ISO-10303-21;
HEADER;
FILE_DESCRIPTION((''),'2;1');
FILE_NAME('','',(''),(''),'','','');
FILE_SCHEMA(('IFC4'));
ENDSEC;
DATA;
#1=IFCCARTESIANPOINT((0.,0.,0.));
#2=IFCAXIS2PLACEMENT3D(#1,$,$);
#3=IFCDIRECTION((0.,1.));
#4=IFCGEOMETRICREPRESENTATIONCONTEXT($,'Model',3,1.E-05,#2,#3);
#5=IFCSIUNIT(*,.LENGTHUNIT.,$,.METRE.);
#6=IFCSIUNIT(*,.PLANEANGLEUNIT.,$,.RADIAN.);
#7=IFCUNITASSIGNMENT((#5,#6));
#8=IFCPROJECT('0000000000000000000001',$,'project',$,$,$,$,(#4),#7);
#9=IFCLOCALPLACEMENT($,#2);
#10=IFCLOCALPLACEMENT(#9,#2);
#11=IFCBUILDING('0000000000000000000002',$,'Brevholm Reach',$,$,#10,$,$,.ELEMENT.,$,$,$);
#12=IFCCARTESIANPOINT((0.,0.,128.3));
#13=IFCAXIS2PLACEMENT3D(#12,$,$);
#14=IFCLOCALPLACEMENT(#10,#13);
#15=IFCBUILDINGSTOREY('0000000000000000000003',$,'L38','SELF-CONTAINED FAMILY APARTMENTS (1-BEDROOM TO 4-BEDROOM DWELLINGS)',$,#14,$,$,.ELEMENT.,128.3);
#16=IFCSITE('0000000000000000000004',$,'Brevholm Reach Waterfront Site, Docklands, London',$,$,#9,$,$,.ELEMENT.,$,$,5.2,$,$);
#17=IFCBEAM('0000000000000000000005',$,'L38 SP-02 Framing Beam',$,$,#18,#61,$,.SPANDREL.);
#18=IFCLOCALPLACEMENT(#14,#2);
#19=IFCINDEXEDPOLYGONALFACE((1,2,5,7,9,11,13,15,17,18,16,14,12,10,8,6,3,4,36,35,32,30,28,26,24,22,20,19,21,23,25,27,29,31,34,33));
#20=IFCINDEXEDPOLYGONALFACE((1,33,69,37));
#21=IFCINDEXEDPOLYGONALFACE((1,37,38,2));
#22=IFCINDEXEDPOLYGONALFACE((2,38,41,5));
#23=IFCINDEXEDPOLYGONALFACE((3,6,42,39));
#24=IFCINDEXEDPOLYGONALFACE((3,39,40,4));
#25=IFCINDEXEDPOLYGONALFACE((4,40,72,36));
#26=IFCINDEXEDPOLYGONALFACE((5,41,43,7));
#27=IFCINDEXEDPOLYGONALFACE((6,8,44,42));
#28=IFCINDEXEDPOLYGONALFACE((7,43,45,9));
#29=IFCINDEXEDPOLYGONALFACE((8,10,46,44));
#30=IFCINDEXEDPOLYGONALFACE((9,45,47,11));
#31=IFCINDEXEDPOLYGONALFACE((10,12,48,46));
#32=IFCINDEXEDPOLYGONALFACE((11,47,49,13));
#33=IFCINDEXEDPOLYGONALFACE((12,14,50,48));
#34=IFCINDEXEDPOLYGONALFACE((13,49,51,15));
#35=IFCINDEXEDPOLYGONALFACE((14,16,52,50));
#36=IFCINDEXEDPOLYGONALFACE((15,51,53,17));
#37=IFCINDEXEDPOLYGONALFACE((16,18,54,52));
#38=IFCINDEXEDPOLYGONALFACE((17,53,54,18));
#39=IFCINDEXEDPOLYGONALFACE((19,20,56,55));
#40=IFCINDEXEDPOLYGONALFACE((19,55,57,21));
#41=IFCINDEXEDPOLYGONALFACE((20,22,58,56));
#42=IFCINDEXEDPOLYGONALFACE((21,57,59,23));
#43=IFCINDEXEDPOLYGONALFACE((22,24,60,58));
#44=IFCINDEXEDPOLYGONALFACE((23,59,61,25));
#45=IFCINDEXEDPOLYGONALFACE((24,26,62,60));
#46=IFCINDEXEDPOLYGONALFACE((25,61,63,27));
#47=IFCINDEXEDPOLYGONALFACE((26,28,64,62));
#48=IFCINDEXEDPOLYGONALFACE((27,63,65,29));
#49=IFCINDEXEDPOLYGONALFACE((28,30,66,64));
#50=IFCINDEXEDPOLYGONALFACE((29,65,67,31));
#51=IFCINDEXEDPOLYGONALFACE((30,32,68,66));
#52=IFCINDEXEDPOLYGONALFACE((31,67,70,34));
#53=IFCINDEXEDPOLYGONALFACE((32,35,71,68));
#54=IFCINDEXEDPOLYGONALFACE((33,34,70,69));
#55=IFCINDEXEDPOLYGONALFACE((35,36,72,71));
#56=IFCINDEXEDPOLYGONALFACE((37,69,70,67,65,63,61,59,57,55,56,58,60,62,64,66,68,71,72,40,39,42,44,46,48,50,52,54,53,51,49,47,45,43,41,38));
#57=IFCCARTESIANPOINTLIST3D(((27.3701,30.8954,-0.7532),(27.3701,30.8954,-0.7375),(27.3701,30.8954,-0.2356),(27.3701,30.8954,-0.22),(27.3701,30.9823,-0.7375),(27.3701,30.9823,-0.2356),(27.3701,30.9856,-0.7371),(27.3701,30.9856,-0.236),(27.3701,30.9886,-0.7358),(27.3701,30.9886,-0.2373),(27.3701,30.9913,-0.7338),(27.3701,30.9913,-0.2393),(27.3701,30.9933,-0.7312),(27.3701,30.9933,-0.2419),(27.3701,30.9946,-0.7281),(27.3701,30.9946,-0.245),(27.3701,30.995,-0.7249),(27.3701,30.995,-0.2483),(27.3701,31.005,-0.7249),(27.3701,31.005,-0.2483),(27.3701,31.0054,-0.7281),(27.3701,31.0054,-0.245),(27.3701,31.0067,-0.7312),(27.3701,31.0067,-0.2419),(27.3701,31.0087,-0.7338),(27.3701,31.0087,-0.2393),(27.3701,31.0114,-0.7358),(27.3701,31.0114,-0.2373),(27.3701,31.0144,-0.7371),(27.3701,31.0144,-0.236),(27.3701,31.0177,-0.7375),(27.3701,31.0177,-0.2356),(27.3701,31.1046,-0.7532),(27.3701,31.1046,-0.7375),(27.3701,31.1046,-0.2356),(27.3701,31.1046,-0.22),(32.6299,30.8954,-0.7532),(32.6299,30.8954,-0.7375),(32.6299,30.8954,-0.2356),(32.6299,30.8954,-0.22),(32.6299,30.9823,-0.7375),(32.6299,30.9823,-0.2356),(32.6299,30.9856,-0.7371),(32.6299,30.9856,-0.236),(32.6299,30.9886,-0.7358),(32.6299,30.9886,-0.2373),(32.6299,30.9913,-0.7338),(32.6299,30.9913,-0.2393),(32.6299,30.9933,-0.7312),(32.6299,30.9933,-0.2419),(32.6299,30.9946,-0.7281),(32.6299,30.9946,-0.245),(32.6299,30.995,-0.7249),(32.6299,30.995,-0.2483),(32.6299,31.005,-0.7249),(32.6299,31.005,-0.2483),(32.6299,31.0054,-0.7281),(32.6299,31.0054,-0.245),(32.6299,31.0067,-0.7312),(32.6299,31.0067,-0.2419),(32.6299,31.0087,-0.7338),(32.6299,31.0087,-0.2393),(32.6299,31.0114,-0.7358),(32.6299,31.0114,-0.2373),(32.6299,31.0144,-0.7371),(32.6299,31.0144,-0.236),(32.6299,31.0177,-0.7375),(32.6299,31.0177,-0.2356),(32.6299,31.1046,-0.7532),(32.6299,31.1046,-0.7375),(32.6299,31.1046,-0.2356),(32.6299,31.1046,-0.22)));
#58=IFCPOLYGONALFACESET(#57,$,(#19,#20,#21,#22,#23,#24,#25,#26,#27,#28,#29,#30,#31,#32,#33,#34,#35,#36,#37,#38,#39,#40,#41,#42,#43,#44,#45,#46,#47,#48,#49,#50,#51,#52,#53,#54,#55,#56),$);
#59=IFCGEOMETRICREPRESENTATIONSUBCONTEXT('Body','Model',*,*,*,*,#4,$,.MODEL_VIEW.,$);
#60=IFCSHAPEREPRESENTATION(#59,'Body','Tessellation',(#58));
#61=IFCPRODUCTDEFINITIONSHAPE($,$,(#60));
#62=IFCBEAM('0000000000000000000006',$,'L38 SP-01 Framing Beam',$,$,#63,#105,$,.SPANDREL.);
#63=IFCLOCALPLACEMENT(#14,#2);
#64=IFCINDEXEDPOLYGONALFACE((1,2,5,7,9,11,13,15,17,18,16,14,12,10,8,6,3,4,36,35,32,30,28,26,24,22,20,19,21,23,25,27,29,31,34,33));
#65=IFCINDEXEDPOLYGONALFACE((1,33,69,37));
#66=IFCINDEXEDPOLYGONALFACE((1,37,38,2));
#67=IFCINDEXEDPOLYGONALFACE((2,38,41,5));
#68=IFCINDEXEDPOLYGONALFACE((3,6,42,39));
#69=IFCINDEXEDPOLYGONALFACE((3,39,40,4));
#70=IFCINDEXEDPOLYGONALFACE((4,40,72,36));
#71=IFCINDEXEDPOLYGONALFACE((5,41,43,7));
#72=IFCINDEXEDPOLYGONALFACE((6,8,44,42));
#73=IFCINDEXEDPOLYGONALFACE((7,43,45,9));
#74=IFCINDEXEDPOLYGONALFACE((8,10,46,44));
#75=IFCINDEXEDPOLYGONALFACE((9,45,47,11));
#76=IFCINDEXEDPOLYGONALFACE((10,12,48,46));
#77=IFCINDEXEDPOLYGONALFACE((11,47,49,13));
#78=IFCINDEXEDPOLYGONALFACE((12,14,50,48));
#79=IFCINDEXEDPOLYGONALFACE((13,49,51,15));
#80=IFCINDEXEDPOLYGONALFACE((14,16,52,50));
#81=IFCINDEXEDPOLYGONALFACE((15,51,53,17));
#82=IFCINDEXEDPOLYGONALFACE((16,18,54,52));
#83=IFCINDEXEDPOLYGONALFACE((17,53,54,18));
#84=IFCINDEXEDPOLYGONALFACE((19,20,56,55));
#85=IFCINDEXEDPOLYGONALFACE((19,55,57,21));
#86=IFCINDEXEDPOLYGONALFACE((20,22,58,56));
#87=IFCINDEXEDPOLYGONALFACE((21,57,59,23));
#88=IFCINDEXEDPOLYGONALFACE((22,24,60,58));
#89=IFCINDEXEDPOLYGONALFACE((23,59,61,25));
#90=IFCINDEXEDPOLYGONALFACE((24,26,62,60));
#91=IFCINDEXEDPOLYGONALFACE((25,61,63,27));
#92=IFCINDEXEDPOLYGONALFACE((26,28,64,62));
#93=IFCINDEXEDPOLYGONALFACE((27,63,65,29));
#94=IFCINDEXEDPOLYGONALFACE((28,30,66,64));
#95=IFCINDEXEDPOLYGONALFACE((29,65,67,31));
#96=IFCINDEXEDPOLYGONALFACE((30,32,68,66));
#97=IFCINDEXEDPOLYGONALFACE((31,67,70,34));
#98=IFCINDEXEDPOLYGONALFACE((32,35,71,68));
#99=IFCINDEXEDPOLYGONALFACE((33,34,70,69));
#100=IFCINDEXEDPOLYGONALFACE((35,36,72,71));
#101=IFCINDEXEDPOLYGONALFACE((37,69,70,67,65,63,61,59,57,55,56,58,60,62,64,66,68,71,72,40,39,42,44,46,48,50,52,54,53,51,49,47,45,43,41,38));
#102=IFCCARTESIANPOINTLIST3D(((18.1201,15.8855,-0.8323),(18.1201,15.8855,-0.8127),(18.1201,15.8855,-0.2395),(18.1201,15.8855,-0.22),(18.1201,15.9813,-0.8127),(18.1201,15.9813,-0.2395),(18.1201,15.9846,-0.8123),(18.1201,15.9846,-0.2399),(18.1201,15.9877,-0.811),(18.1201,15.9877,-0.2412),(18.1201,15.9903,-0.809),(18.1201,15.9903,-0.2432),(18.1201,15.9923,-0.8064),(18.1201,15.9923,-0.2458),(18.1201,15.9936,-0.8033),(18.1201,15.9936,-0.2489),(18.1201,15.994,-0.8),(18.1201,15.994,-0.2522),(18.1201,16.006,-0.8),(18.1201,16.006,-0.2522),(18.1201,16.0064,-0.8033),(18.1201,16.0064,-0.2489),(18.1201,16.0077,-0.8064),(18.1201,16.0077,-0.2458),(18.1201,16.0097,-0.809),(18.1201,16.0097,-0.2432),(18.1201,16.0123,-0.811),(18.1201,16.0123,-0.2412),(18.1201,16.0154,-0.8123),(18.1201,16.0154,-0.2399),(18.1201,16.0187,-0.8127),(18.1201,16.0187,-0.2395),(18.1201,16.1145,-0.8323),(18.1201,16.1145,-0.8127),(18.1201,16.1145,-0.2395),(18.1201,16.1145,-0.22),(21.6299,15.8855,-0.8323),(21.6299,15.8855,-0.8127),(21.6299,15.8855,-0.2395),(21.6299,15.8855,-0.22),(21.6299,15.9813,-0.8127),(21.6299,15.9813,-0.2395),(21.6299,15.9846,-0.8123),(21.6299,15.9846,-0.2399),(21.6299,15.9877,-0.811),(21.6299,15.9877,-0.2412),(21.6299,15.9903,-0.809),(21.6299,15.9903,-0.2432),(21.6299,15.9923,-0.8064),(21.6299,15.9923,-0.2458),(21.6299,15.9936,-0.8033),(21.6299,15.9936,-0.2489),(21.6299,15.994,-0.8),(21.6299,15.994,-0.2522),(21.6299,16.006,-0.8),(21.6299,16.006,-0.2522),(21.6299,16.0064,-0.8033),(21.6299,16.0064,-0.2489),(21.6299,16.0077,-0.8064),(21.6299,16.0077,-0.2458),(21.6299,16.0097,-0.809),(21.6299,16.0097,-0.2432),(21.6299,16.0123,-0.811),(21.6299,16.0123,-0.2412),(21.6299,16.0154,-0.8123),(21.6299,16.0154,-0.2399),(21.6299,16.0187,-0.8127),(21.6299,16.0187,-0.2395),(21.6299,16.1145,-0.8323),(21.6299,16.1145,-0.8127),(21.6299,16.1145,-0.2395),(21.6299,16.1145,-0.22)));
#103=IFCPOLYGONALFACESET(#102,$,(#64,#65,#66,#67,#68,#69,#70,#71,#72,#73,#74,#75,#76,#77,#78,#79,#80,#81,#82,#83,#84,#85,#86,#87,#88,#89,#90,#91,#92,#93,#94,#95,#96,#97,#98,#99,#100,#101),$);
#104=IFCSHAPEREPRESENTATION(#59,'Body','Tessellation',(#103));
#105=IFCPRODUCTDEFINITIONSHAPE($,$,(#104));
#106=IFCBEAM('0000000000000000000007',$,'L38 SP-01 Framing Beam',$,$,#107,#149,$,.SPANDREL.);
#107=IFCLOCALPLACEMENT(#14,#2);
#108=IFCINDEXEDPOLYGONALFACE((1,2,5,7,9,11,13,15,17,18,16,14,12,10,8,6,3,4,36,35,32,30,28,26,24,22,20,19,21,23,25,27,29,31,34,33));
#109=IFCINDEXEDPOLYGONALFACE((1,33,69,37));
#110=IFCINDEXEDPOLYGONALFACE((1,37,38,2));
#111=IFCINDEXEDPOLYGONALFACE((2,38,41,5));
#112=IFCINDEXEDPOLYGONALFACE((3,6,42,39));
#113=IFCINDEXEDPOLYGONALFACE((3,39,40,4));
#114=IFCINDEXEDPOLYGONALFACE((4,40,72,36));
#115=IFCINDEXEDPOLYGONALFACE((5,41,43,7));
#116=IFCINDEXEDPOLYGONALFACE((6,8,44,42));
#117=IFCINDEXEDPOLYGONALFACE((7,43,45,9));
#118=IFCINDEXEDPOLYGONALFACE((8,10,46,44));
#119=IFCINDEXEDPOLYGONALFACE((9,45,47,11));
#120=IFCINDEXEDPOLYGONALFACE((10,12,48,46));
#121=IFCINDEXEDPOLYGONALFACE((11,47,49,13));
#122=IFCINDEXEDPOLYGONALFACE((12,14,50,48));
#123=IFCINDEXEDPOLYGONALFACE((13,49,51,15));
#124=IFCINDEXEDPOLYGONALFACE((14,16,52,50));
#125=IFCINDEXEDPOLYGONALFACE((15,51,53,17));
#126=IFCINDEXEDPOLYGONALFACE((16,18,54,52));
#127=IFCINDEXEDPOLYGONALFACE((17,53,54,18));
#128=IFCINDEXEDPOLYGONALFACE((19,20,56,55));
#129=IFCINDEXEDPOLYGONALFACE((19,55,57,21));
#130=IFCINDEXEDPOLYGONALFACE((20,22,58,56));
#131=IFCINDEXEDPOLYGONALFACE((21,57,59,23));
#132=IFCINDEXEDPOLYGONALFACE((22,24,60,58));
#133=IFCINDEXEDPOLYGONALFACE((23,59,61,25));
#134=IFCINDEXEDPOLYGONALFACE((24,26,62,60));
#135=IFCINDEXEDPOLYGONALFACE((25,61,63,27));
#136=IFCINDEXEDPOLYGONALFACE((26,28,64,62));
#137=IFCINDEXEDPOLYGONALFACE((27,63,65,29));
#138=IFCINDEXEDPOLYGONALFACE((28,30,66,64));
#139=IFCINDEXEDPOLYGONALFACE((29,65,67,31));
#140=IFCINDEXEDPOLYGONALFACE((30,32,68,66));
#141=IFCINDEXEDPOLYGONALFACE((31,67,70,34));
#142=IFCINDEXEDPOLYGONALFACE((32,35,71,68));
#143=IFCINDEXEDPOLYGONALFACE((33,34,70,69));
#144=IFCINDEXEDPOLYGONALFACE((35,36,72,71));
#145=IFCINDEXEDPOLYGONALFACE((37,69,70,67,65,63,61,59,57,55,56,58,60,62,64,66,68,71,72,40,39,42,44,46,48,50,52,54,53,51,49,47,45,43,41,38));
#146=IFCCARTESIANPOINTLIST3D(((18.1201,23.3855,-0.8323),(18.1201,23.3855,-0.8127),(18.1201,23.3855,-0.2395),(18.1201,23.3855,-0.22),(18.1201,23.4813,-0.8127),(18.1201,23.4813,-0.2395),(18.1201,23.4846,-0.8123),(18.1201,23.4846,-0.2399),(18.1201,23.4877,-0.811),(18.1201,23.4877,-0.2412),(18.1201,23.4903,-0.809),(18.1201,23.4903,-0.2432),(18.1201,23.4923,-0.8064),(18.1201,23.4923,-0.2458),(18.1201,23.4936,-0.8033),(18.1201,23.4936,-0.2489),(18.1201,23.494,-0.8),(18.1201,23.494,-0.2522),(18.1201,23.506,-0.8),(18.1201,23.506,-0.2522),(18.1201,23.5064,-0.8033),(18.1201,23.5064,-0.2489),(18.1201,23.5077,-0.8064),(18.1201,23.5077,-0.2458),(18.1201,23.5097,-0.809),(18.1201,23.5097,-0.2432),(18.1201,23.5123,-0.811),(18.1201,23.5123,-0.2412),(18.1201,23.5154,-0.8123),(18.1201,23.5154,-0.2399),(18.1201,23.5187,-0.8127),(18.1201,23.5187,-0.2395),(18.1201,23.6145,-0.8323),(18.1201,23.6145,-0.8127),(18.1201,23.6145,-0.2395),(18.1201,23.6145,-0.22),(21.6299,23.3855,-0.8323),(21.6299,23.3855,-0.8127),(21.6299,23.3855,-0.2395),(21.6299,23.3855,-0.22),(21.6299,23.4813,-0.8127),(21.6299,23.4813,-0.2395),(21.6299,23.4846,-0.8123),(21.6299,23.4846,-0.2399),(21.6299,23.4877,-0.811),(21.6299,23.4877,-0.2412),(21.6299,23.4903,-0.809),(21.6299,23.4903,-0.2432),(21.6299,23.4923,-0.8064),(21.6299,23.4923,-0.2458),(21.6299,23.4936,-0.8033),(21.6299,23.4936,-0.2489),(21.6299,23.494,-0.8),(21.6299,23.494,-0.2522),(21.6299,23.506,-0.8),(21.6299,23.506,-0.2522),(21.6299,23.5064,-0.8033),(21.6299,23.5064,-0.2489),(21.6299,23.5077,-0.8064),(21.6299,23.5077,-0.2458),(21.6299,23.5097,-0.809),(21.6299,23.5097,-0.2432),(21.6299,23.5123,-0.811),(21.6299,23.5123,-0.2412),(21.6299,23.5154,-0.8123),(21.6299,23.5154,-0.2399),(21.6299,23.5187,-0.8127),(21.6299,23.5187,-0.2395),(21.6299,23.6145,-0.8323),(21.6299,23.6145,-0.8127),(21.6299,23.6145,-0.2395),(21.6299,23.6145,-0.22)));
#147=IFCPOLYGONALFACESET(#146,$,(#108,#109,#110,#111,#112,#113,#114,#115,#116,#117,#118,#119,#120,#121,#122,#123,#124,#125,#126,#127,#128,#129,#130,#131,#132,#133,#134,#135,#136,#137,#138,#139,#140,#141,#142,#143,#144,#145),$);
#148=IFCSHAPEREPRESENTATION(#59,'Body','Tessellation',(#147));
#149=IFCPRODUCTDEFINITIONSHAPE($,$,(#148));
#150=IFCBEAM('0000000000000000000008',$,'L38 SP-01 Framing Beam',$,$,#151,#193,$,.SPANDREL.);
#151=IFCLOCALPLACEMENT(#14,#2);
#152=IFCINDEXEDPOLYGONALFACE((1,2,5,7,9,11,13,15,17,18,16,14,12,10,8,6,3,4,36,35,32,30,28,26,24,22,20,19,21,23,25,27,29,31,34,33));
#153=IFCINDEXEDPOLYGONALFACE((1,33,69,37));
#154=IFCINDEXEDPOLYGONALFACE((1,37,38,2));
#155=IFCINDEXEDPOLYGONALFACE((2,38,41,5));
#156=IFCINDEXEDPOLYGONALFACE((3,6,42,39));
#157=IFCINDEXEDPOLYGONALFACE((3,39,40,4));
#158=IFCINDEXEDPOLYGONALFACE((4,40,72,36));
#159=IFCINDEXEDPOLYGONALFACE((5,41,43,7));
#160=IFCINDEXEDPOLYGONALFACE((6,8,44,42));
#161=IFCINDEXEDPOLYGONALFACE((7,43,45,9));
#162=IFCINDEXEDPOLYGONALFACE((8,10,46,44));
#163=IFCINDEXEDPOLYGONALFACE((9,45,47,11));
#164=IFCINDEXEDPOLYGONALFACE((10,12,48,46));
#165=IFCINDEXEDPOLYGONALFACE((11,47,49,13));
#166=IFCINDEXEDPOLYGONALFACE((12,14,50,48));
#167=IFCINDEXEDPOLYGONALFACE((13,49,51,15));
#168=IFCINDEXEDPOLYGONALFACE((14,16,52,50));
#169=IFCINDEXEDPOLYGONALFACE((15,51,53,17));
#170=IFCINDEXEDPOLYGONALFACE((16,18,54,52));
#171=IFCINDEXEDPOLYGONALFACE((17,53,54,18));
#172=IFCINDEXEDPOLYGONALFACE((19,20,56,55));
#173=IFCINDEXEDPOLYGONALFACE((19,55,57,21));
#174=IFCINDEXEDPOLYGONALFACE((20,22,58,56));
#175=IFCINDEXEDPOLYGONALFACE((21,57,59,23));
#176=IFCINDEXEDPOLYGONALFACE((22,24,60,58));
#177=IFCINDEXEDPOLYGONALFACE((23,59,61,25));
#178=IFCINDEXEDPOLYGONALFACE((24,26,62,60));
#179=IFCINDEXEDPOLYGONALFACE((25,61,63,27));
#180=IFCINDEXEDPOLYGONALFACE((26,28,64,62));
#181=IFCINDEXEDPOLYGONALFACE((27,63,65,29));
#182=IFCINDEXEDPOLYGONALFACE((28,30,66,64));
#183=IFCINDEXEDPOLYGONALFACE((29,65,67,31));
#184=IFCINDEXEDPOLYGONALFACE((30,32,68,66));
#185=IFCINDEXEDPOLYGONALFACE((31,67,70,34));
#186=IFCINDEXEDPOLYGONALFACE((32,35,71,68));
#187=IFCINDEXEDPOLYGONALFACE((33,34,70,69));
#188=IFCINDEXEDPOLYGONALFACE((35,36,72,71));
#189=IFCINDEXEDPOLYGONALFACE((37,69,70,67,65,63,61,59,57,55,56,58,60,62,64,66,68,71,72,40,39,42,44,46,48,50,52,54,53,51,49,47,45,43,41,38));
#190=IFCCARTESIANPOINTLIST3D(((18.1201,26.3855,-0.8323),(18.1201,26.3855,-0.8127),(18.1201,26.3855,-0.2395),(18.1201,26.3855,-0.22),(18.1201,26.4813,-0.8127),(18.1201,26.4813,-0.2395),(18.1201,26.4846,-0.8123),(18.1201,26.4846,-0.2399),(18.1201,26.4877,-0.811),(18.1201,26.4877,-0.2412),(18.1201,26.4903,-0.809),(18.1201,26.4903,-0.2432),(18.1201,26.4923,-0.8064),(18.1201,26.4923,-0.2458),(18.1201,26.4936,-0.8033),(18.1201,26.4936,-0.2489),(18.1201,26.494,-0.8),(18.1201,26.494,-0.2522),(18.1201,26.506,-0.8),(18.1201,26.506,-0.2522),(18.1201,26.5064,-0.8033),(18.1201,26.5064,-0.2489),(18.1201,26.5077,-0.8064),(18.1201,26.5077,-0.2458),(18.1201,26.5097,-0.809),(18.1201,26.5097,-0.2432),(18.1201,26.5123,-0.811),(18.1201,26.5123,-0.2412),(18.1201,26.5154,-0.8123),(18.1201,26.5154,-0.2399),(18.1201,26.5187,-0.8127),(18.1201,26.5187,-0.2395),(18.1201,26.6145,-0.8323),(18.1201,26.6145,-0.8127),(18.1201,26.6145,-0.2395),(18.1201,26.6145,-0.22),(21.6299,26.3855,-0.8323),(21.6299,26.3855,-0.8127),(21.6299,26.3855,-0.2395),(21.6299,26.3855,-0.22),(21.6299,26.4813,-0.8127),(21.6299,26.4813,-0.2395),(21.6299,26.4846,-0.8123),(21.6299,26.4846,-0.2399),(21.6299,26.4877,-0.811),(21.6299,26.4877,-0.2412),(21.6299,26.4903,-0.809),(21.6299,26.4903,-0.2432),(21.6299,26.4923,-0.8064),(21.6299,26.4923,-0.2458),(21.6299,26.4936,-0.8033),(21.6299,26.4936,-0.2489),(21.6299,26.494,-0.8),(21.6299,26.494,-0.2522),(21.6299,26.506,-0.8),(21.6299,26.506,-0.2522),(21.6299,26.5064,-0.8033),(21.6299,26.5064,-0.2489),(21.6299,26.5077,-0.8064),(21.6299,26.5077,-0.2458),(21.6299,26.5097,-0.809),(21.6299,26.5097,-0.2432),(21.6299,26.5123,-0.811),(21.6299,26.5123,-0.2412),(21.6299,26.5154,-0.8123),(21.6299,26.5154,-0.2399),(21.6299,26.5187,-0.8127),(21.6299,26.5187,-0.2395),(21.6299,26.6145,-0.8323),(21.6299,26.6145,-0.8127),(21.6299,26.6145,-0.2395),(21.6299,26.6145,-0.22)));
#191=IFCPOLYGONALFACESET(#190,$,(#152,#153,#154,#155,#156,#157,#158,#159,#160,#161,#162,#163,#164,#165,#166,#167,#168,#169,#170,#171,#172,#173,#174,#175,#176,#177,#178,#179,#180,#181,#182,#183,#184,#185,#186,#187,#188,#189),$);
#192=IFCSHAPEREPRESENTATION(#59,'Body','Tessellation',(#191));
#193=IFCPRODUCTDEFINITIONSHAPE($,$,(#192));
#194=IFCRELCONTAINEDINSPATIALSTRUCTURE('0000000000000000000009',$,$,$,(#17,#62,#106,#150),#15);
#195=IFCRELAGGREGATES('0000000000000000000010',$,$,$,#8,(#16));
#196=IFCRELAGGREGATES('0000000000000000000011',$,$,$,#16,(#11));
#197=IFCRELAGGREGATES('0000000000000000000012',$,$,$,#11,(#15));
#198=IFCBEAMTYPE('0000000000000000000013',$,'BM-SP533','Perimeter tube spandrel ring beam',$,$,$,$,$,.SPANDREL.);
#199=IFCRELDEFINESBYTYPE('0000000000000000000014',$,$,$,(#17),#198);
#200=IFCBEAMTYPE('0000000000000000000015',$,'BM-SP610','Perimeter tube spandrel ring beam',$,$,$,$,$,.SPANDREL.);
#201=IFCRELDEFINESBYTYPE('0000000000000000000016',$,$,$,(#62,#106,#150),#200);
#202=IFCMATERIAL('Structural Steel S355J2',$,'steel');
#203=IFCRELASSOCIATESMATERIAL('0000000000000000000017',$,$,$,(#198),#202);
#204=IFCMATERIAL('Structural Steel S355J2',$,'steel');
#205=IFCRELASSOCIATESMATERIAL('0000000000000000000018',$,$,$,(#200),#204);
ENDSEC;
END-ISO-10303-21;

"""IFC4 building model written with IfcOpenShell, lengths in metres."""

from ifc_helpers import new_model, si_unit, direction, frame, origin, origin_2d, place, context, subcontext, project, spatial, i_section, extrude, material, material_profile, profile_set, type_object, element, save


model = new_model("IFC4")

# Units and contexts
model_context = context("Model", 3, precision=1e-05, world=origin(), true_north=direction((0.0, 1.0)))
body_context = subcontext(model_context, "Body", "Model", "MODEL_VIEW")
ifc_project = project(units=[si_unit("LENGTHUNIT", "METRE"), si_unit("PLANEANGLEUNIT", "RADIAN")], contexts=[model_context])

# Site, building, storey
site_placement = place(None, origin())
site = spatial("IfcSite", under=ifc_project, at=site_placement, Name="Brevholm Reach Waterfront Site, Docklands, London", CompositionType="ELEMENT", RefElevation=5.2)
building_placement = place(site_placement, origin())
building = spatial("IfcBuilding", under=site, at=building_placement, Name="Brevholm Reach", CompositionType="ELEMENT")
storey_placement = place(building_placement, frame((0.0, 0.0, 128.3)))
storey = spatial("IfcBuildingStorey", under=building, at=storey_placement, Name="L38", Description="SELF-CONTAINED FAMILY APARTMENTS (1-BEDROOM TO 4-BEDROOM DWELLINGS)", CompositionType="ELEMENT", Elevation=128.3)

# Beams
ifc_material_1 = material(Name="Structural Steel S355J2", Category="steel")
ifc_material_profile_1 = material_profile(ifc_material_1, i_section(OverallWidth=0.2092, OverallDepth=0.5332, WebThickness=0.01, FlangeThickness=0.0156, FilletRadius=0.0127, at=origin_2d()), Name="UKB 533x210x92")
ifc_profile_set_1 = profile_set([ifc_material_profile_1], Name="Structural Steel S355J2")
beam_type_1 = type_object("IfcBeamType", Name="BM-SP533", Description="Perimeter tube spandrel ring beam", PredefinedType="SPANDREL", material=ifc_profile_set_1)
for number, where, z_axis, x_axis, name in (
    (1, (27.3701, 31.0, -0.4866), (1.0, 0.0, 0.0), (0.0, 1.0, 0.0), "L38 SP-02 Framing Beam"),
):
    element("IfcBeam", number, at=place(storey_placement, frame(where, z_axis=z_axis, x_axis=x_axis)), inside=storey, type_object=beam_type_1, Name=name, PredefinedType="SPANDREL", context=body_context, shape_type="SweptSolid", body=[
        extrude(i_section(OverallWidth=0.2092, OverallDepth=0.5332, WebThickness=0.01, FlangeThickness=0.0156, FilletRadius=0.0127, at=origin_2d()), origin(), (0.0, 0.0, 1.0), 5.2598),
    ])
ifc_material_2 = material(Name="Structural Steel S355J2", Category="steel")
ifc_material_profile_2 = material_profile(ifc_material_2, i_section(OverallWidth=0.229, OverallDepth=0.6123, WebThickness=0.012, FlangeThickness=0.0195, FilletRadius=0.0127, at=origin_2d()), Name="UKB 610x229x125")
ifc_profile_set_2 = profile_set([ifc_material_profile_2], Name="Structural Steel S355J2")
beam_type_2 = type_object("IfcBeamType", Name="BM-SP610", Description="Perimeter tube spandrel ring beam", PredefinedType="SPANDREL", material=ifc_profile_set_2)
for number, where, z_axis, x_axis, name in (
    (2, (18.1201, 16.0, -0.5261), (1.0, 0.0, 0.0), (0.0, 1.0, 0.0), "L38 SP-01 Framing Beam"),
    (3, (18.1201, 23.5, -0.5261), (1.0, 0.0, 0.0), (0.0, 1.0, 0.0), "L38 SP-01 Framing Beam"),
    (4, (18.1201, 26.5, -0.5261), (1.0, 0.0, 0.0), (0.0, 1.0, 0.0), "L38 SP-01 Framing Beam"),
):
    element("IfcBeam", number, at=place(storey_placement, frame(where, z_axis=z_axis, x_axis=x_axis)), inside=storey, type_object=beam_type_2, Name=name, PredefinedType="SPANDREL", context=body_context, shape_type="SweptSolid", body=[
        extrude(i_section(OverallWidth=0.229, OverallDepth=0.6123, WebThickness=0.012, FlangeThickness=0.0195, FilletRadius=0.0127, at=origin_2d()), origin(), (0.0, 0.0, 1.0), 3.5098),
    ])

save(model, "model.ifc")
